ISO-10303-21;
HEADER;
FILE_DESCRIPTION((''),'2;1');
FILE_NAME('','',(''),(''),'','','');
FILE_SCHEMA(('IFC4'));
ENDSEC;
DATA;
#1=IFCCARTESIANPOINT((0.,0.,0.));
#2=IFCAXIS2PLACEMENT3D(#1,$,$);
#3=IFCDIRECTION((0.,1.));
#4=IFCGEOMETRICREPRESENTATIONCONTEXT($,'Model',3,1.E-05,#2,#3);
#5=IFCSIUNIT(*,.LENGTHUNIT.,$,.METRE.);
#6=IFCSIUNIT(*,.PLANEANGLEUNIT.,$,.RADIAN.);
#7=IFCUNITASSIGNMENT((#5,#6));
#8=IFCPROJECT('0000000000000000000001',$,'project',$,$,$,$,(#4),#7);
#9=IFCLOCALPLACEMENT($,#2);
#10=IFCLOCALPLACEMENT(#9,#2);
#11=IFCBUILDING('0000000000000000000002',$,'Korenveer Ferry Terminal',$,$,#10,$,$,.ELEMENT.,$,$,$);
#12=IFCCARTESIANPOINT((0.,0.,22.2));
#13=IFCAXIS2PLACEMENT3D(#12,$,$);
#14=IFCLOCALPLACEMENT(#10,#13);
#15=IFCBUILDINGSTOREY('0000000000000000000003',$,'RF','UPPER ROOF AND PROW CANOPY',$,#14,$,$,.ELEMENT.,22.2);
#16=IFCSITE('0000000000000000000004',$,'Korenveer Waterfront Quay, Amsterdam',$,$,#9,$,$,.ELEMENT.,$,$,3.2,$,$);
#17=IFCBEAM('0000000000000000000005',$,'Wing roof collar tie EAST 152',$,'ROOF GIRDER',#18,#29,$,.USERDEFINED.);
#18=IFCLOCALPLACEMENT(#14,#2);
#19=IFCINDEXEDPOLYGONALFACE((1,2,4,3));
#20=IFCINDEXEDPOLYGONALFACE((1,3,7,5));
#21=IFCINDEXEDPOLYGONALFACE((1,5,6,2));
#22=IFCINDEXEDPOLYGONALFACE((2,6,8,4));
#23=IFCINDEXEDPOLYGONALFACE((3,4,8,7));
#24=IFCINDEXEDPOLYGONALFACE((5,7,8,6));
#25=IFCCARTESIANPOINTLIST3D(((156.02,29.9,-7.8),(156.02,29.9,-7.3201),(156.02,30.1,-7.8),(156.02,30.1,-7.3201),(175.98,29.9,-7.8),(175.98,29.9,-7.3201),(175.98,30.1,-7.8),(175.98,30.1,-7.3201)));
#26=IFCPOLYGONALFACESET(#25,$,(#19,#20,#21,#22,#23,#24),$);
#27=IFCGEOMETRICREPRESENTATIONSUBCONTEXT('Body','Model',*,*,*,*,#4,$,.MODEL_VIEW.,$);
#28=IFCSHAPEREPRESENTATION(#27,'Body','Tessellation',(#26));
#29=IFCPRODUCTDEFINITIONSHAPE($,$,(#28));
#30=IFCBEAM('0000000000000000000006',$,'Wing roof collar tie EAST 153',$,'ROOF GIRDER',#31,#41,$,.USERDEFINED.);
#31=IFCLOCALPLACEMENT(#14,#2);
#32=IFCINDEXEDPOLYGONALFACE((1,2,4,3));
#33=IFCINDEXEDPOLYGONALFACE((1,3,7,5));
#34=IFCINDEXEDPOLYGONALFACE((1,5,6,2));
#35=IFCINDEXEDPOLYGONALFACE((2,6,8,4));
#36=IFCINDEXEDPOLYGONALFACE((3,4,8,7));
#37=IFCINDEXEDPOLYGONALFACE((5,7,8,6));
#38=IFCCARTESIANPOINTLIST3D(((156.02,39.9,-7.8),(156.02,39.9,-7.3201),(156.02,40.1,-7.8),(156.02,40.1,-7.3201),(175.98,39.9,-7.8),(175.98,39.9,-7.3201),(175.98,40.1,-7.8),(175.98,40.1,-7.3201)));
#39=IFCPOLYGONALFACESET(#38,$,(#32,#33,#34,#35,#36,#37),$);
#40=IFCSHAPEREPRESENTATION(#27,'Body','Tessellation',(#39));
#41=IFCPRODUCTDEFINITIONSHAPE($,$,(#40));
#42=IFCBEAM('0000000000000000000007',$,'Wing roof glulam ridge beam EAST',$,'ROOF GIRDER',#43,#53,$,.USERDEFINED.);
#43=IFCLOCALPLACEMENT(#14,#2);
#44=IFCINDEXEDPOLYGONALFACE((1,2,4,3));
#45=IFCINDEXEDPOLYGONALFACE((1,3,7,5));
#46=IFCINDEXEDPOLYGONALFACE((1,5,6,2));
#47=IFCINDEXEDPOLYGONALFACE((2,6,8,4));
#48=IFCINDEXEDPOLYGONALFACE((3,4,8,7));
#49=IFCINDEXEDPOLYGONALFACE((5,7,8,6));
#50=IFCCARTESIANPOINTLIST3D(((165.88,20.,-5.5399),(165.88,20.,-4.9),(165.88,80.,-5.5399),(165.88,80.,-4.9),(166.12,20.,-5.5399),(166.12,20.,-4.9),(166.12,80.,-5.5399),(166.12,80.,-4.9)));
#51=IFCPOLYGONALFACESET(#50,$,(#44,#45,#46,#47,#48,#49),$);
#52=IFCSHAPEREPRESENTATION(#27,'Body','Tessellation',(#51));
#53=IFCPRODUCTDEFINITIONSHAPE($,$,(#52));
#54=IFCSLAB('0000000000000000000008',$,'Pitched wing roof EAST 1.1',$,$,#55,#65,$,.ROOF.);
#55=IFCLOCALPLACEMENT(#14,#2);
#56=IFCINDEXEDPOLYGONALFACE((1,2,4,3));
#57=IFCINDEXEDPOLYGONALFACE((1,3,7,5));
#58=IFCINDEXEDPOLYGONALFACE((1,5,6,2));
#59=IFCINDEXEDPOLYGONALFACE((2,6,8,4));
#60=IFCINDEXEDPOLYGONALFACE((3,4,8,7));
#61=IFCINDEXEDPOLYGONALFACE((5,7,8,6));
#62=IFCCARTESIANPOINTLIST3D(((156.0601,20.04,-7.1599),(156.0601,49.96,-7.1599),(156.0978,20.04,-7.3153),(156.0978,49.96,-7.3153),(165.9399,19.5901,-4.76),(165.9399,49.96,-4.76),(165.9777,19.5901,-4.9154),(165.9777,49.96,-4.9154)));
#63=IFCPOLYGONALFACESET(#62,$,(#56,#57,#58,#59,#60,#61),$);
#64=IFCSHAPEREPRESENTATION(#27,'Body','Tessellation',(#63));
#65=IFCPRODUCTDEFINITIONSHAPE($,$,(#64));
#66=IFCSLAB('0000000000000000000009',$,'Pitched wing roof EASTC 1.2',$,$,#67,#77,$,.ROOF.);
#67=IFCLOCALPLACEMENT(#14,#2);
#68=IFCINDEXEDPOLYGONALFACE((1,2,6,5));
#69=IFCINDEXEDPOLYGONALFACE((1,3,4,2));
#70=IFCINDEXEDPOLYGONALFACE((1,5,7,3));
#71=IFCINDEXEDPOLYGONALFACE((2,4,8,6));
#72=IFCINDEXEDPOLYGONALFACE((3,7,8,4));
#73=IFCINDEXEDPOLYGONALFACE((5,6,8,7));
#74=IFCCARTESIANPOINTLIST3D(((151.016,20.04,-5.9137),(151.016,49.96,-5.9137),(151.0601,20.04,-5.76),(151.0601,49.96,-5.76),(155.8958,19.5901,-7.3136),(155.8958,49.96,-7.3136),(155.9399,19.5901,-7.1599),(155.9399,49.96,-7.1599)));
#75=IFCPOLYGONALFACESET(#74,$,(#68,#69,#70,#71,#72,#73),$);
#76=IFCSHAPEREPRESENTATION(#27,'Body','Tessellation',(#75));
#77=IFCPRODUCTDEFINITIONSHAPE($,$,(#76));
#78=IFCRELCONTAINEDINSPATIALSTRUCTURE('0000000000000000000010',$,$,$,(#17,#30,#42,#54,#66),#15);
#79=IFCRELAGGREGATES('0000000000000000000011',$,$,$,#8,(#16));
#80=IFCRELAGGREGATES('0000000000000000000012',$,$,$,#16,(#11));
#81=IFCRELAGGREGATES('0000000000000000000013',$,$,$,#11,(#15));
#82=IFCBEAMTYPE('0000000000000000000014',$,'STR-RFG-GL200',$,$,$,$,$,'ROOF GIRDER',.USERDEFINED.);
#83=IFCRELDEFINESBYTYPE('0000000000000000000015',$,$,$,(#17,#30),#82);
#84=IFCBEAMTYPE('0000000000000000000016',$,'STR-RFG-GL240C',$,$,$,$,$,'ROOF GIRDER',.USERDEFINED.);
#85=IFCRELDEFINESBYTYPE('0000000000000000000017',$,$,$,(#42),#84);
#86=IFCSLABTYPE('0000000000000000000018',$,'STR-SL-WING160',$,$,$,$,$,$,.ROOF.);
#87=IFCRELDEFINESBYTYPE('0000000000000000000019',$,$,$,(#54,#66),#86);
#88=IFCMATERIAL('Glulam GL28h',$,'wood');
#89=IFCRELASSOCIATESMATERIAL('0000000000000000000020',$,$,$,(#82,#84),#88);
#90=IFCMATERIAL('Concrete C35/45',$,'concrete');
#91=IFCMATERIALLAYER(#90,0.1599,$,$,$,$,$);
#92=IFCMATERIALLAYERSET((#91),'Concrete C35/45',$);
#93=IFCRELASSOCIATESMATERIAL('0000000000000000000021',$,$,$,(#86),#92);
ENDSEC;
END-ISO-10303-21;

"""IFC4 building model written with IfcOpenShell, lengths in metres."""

from ifc_helpers import new_model, si_unit, direction, frame, origin, origin_2d, place, context, subcontext, project, spatial, polyline, rectangle, outline, extrude, material, layer, layer_set, material_profile, profile_set, type_object, element, save


model = new_model("IFC4")

# Units and contexts
model_context = context("Model", 3, precision=1e-05, world=origin(), true_north=direction((0.0, 1.0)))
body_context = subcontext(model_context, "Body", "Model", "MODEL_VIEW")
ifc_project = project(units=[si_unit("LENGTHUNIT", "METRE"), si_unit("PLANEANGLEUNIT", "RADIAN")], contexts=[model_context])

# Site, building, storey
site_placement = place(None, origin())
site = spatial("IfcSite", under=ifc_project, at=site_placement, Name="Korenveer Waterfront Quay, Amsterdam", CompositionType="ELEMENT", RefElevation=3.2)
building_placement = place(site_placement, origin())
building = spatial("IfcBuilding", under=site, at=building_placement, Name="Korenveer Ferry Terminal", CompositionType="ELEMENT")
storey_placement = place(building_placement, frame((0.0, 0.0, 22.2)))
storey = spatial("IfcBuildingStorey", under=building, at=storey_placement, Name="RF", Description="UPPER ROOF AND PROW CANOPY", CompositionType="ELEMENT", Elevation=22.2)

# Beams
ifc_material_1 = material(Name="Glulam GL28h", Category="wood")
ifc_material_profile_1 = material_profile(ifc_material_1, rectangle(XDim=0.2, YDim=0.48, at=origin_2d()), Name="GL 200x480")
ifc_profile_set_1 = profile_set([ifc_material_profile_1], Name="Glulam GL28h")
beam_type_1 = type_object("IfcBeamType", Name="STR-RFG-GL200", ElementType="ROOF GIRDER", PredefinedType="USERDEFINED", material=ifc_profile_set_1)
for number, where, z_axis, x_axis, name in (
    (1, (156.02, 30.0, -7.5601), (1.0, 0.0, 0.0), (0.0, 1.0, 0.0), "Wing roof collar tie EAST 152"),
    (2, (156.02, 40.0, -7.5601), (1.0, 0.0, 0.0), (0.0, 1.0, 0.0), "Wing roof collar tie EAST 153"),
):
    element("IfcBeam", number, at=place(storey_placement, frame(where, z_axis=z_axis, x_axis=x_axis)), inside=storey, type_object=beam_type_1, Name=name, ObjectType="ROOF GIRDER", PredefinedType="USERDEFINED", context=body_context, shape_type="SweptSolid", body=[
        extrude(rectangle(XDim=0.2, YDim=0.48, at=origin_2d()), origin(), (0.0, 0.0, 1.0), 19.96),
    ])
ifc_material_profile_2 = material_profile(ifc_material_1, rectangle(XDim=0.24, YDim=0.6399, at=origin_2d()), Name="GL 240x640")
ifc_profile_set_2 = profile_set([ifc_material_profile_2], Name="Glulam GL28h")
beam_type_2 = type_object("IfcBeamType", Name="STR-RFG-GL240C", ElementType="ROOF GIRDER", PredefinedType="USERDEFINED", material=ifc_profile_set_2)
beam_placement = place(storey_placement, frame((166.0, 20.0, -5.22), z_axis=(0.0, 1.0, 0.0), x_axis=(-1.0, 0.0, 0.0)))
element("IfcBeam", 3, at=beam_placement, inside=storey, type_object=beam_type_2, Name="Wing roof glulam ridge beam EAST", ObjectType="ROOF GIRDER", PredefinedType="USERDEFINED", context=body_context, shape_type="SweptSolid", body=[
    extrude(rectangle(XDim=0.24, YDim=0.6399, at=origin_2d()), origin(), (0.0, 0.0, 1.0), 60.0),
])

# Slabs
ifc_material_2 = material(Name="Concrete C35/45", Category="concrete")
ifc_layer = layer(ifc_material_2, 0.1599)
ifc_layer_set = layer_set([ifc_layer], Name="Concrete C35/45")
slab_type = type_object("IfcSlabType", Name="STR-SL-WING160", PredefinedType="ROOF", material=ifc_layer_set)
slab_1_placement = place(storey_placement, frame((156.0601, 20.04, -7.1599), z_axis=(-0.236044, 0.0, 0.971742), x_axis=(0.970792, -0.044212, 0.235813)))
element("IfcSlab", 4, at=slab_1_placement, inside=storey, type_object=slab_type, Name="Pitched wing roof EAST 1.1", PredefinedType="ROOF", context=body_context, shape_type="SweptSolid", body=[
    extrude(outline(polyline([(0.0, 0.0), (10.1771, 0.0), (8.8344, 30.3402), (-1.3228, 29.8907), (0.0, 0.0)])), origin(), (0.0, 0.0, -1.0), 0.1599),
])
slab_2_placement = place(storey_placement, frame((151.0601, 20.04, -5.76), z_axis=(0.27575, 0.0, 0.961229), x_axis=(0.957476, -0.088284, -0.274673)))
element("IfcSlab", 5, at=slab_2_placement, inside=storey, type_object=slab_type, Name="Pitched wing roof EASTC 1.2", PredefinedType="ROOF", context=body_context, shape_type="SweptSolid", body=[
    extrude(outline(polyline([(0.0, 0.0), (5.0966, 0.0), (2.4154, 30.2513), (-2.6415, 29.8031), (0.0, 0.0)])), origin(), (0.0, 0.0, -1.0), 0.1599),
])

save(model, "model.ifc")
